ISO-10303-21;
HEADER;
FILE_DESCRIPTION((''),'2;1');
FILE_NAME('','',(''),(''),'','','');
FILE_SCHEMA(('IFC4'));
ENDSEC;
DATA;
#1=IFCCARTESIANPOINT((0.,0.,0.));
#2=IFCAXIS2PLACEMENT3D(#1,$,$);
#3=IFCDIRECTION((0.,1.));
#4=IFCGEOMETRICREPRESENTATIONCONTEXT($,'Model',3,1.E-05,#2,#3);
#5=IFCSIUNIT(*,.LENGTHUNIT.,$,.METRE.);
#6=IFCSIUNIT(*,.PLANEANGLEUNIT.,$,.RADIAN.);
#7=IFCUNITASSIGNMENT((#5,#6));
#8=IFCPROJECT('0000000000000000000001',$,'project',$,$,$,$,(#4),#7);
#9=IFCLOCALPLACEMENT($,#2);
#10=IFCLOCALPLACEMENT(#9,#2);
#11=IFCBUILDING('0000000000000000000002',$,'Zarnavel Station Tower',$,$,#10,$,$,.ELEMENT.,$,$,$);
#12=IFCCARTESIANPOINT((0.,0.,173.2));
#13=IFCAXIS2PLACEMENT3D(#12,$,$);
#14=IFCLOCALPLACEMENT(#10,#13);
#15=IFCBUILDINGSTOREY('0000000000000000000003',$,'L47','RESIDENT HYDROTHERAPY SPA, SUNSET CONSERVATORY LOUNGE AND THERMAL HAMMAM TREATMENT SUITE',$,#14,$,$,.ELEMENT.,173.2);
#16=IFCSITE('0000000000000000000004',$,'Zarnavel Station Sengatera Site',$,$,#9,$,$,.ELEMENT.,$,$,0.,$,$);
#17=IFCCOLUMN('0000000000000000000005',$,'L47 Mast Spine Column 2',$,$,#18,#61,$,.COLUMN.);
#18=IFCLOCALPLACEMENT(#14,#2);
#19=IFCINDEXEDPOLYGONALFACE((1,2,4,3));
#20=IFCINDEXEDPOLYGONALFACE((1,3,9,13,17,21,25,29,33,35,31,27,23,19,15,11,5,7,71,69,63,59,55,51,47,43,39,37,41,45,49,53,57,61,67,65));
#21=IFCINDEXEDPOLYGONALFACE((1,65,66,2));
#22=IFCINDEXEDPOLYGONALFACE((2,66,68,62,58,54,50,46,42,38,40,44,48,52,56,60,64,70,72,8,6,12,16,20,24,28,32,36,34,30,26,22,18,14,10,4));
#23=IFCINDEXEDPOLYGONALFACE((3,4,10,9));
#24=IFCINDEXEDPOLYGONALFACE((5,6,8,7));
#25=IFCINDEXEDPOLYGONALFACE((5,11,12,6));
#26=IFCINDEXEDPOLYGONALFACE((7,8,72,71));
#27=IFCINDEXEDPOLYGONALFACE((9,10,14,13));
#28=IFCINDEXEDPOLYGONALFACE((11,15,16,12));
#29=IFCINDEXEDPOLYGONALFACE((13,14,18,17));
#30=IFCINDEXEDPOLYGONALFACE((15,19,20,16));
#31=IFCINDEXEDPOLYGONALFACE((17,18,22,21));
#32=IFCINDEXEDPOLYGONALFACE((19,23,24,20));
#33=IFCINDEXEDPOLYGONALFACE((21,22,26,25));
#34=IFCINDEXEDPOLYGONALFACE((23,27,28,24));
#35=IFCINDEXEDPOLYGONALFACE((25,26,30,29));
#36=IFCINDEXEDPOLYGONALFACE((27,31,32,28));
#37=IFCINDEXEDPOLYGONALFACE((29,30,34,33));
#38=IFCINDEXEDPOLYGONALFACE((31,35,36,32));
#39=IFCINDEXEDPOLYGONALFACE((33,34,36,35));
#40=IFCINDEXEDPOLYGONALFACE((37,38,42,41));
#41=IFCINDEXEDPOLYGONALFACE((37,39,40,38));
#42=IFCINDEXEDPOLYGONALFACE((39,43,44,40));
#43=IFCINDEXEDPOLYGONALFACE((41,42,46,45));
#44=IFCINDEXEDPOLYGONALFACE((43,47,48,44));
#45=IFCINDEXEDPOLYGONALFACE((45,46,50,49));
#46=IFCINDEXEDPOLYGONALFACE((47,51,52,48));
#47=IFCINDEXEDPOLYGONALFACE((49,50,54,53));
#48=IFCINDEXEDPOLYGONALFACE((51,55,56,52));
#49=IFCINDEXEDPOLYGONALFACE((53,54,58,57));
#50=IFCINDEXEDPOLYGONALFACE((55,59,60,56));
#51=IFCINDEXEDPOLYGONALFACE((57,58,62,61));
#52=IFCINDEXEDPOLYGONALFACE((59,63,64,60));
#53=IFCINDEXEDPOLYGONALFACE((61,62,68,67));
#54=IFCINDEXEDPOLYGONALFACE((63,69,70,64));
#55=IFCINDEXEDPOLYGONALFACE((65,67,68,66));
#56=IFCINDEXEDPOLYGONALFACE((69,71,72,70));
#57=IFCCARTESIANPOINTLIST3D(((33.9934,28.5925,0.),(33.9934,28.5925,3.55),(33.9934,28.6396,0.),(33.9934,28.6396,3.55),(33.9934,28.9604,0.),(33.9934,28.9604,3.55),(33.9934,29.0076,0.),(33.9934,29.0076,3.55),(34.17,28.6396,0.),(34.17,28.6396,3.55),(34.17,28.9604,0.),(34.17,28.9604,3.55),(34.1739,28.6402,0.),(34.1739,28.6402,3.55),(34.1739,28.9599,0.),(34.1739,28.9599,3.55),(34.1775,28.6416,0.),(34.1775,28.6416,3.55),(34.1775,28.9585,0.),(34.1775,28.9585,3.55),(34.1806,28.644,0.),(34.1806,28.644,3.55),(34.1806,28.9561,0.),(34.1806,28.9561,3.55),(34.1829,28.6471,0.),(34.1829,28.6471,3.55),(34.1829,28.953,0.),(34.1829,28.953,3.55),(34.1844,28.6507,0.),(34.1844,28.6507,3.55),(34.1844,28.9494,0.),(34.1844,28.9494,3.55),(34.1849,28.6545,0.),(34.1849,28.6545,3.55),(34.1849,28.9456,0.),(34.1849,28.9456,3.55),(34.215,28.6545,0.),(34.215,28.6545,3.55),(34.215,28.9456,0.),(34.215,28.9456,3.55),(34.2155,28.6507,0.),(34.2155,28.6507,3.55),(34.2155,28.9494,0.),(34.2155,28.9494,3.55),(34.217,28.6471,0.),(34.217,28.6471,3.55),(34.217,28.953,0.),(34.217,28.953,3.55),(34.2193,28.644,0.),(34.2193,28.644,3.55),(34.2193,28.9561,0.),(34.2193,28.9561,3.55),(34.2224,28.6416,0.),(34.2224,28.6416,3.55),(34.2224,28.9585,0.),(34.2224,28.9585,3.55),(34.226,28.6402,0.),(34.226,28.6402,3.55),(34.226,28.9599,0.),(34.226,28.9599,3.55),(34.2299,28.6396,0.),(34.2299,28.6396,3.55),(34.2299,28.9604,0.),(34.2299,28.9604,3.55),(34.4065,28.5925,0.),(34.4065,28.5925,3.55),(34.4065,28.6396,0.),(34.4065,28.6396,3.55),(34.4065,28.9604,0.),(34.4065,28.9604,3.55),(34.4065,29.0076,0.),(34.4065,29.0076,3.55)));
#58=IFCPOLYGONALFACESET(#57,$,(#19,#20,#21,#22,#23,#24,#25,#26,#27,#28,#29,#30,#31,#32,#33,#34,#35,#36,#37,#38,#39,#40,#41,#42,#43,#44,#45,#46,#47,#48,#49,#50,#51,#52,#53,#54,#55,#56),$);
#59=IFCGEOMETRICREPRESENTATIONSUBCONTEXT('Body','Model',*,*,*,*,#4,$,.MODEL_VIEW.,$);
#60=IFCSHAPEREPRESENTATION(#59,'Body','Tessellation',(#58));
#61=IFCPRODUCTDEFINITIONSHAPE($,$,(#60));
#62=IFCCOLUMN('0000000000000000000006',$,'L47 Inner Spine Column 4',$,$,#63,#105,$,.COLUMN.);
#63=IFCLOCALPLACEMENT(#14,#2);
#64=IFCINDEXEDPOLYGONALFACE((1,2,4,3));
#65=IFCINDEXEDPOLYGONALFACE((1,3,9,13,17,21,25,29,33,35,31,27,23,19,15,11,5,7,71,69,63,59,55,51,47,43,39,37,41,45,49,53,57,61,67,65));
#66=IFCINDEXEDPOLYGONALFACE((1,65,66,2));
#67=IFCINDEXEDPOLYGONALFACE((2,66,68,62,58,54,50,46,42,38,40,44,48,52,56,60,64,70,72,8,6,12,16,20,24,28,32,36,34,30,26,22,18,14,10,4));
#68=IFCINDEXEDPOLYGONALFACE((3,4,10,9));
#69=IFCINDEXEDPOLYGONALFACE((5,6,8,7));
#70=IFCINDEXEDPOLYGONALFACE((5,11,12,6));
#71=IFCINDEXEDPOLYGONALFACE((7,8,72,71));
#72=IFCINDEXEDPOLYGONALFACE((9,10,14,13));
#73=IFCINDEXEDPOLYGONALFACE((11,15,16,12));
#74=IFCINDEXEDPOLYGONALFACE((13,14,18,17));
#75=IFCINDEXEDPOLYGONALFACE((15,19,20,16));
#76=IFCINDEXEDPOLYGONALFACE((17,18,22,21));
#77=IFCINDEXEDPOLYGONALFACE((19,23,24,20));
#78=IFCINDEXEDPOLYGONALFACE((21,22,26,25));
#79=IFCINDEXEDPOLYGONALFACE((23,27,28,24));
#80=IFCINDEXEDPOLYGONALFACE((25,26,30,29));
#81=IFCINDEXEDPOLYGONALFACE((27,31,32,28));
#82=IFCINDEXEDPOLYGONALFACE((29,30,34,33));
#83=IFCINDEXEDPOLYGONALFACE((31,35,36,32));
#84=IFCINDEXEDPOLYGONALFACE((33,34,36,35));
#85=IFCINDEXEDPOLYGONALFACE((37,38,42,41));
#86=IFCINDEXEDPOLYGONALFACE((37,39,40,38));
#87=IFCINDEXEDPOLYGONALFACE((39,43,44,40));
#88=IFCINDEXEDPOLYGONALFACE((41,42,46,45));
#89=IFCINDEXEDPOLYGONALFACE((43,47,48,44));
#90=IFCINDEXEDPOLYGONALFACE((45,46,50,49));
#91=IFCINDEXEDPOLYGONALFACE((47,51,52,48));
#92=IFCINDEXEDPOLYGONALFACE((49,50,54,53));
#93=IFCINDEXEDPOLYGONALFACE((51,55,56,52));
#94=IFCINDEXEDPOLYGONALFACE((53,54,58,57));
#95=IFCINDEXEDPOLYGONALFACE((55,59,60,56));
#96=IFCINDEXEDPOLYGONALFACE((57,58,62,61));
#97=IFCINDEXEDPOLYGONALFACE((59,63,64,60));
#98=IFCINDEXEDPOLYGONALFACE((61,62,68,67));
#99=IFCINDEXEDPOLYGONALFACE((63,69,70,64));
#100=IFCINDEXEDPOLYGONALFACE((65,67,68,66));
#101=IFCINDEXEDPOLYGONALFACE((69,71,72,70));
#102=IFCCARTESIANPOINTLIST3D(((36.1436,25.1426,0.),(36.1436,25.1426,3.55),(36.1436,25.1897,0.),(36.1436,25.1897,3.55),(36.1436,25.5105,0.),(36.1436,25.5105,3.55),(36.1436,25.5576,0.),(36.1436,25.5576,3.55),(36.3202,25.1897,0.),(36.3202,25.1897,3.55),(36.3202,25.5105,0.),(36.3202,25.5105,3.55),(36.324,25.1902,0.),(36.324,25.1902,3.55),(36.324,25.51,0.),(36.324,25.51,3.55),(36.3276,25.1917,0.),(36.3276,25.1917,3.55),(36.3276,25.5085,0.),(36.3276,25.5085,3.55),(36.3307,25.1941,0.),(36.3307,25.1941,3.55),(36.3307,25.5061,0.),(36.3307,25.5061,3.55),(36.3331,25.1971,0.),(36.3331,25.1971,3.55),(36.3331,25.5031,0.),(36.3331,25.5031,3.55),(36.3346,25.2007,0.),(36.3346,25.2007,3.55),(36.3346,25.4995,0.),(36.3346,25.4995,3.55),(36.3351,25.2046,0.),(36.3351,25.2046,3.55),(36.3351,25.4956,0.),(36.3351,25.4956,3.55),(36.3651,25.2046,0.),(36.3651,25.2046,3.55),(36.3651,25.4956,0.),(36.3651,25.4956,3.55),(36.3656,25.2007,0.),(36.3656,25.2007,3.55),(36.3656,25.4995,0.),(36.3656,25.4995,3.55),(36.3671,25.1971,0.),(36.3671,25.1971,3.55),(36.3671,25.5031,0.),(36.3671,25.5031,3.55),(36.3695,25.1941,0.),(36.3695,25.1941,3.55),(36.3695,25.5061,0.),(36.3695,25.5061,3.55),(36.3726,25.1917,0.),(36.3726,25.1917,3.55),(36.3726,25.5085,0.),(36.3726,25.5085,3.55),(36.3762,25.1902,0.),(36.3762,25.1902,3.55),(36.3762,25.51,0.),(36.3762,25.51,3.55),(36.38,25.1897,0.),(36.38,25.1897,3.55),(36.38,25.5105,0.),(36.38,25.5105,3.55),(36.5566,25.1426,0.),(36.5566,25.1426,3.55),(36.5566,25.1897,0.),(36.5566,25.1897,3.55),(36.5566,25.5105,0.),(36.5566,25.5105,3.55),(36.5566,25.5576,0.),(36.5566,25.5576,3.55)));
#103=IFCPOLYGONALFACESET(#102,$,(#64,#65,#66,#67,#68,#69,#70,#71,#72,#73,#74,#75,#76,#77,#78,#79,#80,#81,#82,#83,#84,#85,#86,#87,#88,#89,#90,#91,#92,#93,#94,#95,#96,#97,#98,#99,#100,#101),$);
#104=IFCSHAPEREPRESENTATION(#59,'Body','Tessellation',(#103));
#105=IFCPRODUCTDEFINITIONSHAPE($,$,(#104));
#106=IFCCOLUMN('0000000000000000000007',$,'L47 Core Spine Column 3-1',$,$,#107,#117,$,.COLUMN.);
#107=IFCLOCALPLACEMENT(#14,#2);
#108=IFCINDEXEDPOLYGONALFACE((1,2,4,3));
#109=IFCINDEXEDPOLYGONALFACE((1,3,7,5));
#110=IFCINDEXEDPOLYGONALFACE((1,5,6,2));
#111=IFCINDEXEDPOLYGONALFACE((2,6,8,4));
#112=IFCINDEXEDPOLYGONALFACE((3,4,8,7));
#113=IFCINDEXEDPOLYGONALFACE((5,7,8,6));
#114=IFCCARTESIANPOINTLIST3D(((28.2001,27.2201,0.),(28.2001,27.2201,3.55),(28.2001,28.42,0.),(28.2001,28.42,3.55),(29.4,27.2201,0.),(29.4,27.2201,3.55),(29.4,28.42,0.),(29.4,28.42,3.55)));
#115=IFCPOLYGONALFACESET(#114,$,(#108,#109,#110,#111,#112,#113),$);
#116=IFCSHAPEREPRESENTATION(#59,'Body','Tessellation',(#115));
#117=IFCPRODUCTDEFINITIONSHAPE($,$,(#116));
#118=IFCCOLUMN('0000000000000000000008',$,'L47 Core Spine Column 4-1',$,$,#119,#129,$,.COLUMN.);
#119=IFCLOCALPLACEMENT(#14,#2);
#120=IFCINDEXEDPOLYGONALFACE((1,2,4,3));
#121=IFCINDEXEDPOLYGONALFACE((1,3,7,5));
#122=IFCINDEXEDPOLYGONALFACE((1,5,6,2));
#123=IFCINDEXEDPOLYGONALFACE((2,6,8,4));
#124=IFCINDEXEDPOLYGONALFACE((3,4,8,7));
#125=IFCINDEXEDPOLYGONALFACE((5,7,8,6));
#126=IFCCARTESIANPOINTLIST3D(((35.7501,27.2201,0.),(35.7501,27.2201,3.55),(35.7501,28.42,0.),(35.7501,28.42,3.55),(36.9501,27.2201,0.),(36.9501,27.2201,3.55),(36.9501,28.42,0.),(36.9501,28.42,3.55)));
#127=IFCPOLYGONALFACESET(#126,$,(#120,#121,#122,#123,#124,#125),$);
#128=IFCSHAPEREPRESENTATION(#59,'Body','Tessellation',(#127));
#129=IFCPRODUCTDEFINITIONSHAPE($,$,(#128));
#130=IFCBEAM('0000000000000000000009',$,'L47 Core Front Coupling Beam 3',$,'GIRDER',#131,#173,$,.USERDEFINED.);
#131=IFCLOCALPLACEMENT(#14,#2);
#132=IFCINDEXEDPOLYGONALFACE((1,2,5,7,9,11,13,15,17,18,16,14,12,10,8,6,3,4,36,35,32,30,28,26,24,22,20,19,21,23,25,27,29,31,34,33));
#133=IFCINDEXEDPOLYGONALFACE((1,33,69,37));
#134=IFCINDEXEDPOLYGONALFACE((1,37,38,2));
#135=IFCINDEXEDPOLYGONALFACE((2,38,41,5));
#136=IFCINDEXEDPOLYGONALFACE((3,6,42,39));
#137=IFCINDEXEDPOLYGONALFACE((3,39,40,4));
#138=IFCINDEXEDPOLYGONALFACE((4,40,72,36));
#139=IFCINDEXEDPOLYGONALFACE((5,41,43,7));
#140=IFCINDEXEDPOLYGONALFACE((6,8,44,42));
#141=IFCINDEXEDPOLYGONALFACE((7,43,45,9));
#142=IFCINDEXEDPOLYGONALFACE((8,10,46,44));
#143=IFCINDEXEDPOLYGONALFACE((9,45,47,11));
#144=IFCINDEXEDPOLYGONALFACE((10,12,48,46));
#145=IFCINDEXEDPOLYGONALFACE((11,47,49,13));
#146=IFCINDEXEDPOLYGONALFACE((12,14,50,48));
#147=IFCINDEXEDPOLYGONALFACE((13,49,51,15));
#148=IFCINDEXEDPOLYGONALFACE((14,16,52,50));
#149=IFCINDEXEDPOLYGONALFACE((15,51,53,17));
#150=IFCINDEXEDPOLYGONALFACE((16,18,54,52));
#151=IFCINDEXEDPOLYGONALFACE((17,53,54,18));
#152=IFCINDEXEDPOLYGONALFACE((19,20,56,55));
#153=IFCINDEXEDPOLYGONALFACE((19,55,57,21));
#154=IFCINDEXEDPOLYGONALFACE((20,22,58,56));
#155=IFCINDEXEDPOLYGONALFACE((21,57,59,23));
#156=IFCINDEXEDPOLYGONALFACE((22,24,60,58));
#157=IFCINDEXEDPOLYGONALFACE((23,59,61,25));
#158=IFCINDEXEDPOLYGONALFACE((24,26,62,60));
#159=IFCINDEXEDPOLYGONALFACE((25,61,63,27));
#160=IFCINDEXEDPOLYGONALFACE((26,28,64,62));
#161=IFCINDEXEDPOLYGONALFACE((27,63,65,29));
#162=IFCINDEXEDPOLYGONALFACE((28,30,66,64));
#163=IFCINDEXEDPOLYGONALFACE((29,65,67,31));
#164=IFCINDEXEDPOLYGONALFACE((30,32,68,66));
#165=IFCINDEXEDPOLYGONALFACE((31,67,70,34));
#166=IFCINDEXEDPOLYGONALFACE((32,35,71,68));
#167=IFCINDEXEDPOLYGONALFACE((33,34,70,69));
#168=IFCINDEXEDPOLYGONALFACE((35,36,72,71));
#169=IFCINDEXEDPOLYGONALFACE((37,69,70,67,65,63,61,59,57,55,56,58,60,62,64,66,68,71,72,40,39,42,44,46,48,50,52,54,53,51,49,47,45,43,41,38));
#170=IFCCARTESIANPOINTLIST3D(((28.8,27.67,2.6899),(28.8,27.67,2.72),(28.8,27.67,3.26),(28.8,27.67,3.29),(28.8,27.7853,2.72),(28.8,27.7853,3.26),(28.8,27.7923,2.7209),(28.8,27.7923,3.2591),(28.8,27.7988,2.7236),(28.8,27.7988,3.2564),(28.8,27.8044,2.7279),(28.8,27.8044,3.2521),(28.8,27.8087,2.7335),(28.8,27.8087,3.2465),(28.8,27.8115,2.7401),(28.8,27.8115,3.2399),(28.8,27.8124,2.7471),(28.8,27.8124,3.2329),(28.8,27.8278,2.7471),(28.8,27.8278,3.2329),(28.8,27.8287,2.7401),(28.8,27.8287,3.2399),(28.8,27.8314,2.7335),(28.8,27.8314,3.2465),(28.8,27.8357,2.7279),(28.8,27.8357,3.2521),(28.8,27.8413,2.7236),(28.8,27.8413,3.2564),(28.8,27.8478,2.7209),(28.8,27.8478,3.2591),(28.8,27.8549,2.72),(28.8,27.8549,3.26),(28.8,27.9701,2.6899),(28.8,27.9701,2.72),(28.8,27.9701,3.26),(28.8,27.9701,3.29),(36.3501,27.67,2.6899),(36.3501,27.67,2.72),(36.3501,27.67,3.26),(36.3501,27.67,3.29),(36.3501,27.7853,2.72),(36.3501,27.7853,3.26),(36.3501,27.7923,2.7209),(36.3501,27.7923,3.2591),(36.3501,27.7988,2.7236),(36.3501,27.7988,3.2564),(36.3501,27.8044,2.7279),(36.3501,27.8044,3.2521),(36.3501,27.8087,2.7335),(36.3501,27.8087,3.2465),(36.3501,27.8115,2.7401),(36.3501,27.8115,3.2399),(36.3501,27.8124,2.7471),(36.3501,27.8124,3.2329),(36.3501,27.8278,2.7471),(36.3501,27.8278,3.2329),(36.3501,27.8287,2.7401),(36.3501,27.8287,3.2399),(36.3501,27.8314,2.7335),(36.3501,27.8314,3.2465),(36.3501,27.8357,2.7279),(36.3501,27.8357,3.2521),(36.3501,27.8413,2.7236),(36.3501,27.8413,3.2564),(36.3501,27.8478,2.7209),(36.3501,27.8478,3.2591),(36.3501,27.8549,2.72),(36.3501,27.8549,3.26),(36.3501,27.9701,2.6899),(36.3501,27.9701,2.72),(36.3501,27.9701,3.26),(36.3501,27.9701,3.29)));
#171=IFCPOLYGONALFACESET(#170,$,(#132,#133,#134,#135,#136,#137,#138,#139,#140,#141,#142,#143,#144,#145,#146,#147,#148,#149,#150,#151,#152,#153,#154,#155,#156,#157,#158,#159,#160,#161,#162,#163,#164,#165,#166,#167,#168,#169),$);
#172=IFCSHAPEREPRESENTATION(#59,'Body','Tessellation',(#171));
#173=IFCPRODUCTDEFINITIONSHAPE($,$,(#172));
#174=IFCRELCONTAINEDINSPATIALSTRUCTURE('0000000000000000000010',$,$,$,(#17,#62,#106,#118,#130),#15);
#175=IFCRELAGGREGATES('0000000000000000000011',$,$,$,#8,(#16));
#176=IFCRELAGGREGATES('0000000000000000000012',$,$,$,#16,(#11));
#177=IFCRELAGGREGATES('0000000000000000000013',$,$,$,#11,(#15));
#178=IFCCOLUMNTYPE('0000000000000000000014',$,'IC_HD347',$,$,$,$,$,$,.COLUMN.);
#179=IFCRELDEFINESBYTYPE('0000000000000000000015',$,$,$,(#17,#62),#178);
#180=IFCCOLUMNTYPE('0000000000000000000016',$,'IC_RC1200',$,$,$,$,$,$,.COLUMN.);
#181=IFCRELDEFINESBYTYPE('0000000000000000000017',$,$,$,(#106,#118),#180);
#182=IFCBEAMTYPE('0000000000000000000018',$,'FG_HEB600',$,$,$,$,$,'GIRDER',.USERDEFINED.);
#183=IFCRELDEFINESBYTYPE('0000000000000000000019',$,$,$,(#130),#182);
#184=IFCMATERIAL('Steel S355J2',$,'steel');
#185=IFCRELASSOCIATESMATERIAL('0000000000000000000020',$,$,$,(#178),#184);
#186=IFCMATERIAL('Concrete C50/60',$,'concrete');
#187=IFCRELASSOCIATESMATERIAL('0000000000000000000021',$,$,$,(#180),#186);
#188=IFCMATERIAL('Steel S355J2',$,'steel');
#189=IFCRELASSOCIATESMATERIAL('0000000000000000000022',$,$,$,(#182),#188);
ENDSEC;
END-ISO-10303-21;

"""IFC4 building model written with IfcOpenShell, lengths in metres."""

from ifc_helpers import new_model, si_unit, direction, frame, origin, origin_2d, place, context, subcontext, project, spatial, rectangle, i_section, extrude, material, material_profile, profile_set, type_object, element, save


model = new_model("IFC4")

# Units and contexts
model_context = context("Model", 3, precision=1e-05, world=origin(), true_north=direction((0.0, 1.0)))
body_context = subcontext(model_context, "Body", "Model", "MODEL_VIEW")
ifc_project = project(units=[si_unit("LENGTHUNIT", "METRE"), si_unit("PLANEANGLEUNIT", "RADIAN")], contexts=[model_context])

# Site, building, storey
site_placement = place(None, origin())
site = spatial("IfcSite", under=ifc_project, at=site_placement, Name="Zarnavel Station Sengatera Site", CompositionType="ELEMENT", RefElevation=0.0)
building_placement = place(site_placement, origin())
building = spatial("IfcBuilding", under=site, at=building_placement, Name="Zarnavel Station Tower", CompositionType="ELEMENT")
storey_placement = place(building_placement, frame((0.0, 0.0, 173.2)))
storey = spatial("IfcBuildingStorey", under=building, at=storey_placement, Name="L47", Description="RESIDENT HYDROTHERAPY SPA, SUNSET CONSERVATORY LOUNGE AND THERMAL HAMMAM TREATMENT SUITE", CompositionType="ELEMENT", Elevation=173.2)

# Columns
ifc_material_1 = material(Name="Steel S355J2", Category="steel")
ifc_material_profile_1 = material_profile(ifc_material_1, i_section(OverallWidth=0.4131, OverallDepth=0.415, WebThickness=0.03, FlangeThickness=0.0471, FilletRadius=0.0149, at=origin_2d()), Name="HD400x347")
ifc_profile_set_1 = profile_set([ifc_material_profile_1], Name="Steel S355J2")
column_type_1 = type_object("IfcColumnType", Name="IC_HD347", PredefinedType="COLUMN", material=ifc_profile_set_1)
for number, where, z_axis, x_axis, name in (
    (1, (34.2, 28.8, 0.0), (0.0, 0.0, 1.0), (1.0, 0.0, 0.0), "L47 Mast Spine Column 2"),
    (2, (36.3501, 25.3501, 0.0), (0.0, 0.0, 1.0), (1.0, 0.0, 0.0), "L47 Inner Spine Column 4"),
):
    element("IfcColumn", number, at=place(storey_placement, frame(where, z_axis=z_axis, x_axis=x_axis)), inside=storey, type_object=column_type_1, Name=name, PredefinedType="COLUMN", context=body_context, shape_type="SweptSolid", body=[
        extrude(i_section(OverallWidth=0.4131, OverallDepth=0.415, WebThickness=0.03, FlangeThickness=0.0471, FilletRadius=0.0149, at=origin_2d()), origin(), (0.0, 0.0, 1.0), 3.55),
    ])
ifc_material_2 = material(Name="Concrete C50/60", Category="concrete")
ifc_material_profile_2 = material_profile(ifc_material_2, rectangle(XDim=1.2, YDim=1.2, at=origin_2d()), Name="RC1200x1200")
ifc_profile_set_2 = profile_set([ifc_material_profile_2], Name="Concrete C50/60")
column_type_2 = type_object("IfcColumnType", Name="IC_RC1200", PredefinedType="COLUMN", material=ifc_profile_set_2)
for number, where, z_axis, x_axis, name in (
    (3, (28.8, 27.8201, 0.0), (0.0, 0.0, 1.0), (1.0, 0.0, 0.0), "L47 Core Spine Column 3-1"),
    (4, (36.3501, 27.8201, 0.0), (0.0, 0.0, 1.0), (1.0, 0.0, 0.0), "L47 Core Spine Column 4-1"),
):
    element("IfcColumn", number, at=place(storey_placement, frame(where, z_axis=z_axis, x_axis=x_axis)), inside=storey, type_object=column_type_2, Name=name, PredefinedType="COLUMN", context=body_context, shape_type="SweptSolid", body=[
        extrude(rectangle(XDim=1.2, YDim=1.2, at=origin_2d()), origin(), (0.0, 0.0, 1.0), 3.55),
    ])

# Beam
ifc_material_3 = material(Name="Steel S355J2", Category="steel")
ifc_material_profile_3 = material_profile(ifc_material_3, i_section(OverallWidth=0.3, OverallDepth=0.6001, WebThickness=0.0154, FlangeThickness=0.03, FilletRadius=0.0271, at=origin_2d()), Name="HEB600")
ifc_profile_set_3 = profile_set([ifc_material_profile_3], Name="Steel S355J2")
beam_type_1 = type_object("IfcBeamType", Name="FG_HEB600", ElementType="GIRDER", PredefinedType="USERDEFINED", material=ifc_profile_set_3)
beam_1_placement = place(storey_placement, frame((28.8, 27.8201, 2.99), z_axis=(1.0, 0.0, 0.0), x_axis=(0.0, 1.0, 0.0)))
element("IfcBeam", 5, at=beam_1_placement, inside=storey, type_object=beam_type_1, Name="L47 Core Front Coupling Beam 3", ObjectType="GIRDER", PredefinedType="USERDEFINED", context=body_context, shape_type="SweptSolid", body=[
    extrude(i_section(OverallWidth=0.3, OverallDepth=0.6001, WebThickness=0.0154, FlangeThickness=0.03, FilletRadius=0.0271, at=origin_2d()), origin(), (0.0, 0.0, 1.0), 7.55),
])

save(model, "model.ifc")
